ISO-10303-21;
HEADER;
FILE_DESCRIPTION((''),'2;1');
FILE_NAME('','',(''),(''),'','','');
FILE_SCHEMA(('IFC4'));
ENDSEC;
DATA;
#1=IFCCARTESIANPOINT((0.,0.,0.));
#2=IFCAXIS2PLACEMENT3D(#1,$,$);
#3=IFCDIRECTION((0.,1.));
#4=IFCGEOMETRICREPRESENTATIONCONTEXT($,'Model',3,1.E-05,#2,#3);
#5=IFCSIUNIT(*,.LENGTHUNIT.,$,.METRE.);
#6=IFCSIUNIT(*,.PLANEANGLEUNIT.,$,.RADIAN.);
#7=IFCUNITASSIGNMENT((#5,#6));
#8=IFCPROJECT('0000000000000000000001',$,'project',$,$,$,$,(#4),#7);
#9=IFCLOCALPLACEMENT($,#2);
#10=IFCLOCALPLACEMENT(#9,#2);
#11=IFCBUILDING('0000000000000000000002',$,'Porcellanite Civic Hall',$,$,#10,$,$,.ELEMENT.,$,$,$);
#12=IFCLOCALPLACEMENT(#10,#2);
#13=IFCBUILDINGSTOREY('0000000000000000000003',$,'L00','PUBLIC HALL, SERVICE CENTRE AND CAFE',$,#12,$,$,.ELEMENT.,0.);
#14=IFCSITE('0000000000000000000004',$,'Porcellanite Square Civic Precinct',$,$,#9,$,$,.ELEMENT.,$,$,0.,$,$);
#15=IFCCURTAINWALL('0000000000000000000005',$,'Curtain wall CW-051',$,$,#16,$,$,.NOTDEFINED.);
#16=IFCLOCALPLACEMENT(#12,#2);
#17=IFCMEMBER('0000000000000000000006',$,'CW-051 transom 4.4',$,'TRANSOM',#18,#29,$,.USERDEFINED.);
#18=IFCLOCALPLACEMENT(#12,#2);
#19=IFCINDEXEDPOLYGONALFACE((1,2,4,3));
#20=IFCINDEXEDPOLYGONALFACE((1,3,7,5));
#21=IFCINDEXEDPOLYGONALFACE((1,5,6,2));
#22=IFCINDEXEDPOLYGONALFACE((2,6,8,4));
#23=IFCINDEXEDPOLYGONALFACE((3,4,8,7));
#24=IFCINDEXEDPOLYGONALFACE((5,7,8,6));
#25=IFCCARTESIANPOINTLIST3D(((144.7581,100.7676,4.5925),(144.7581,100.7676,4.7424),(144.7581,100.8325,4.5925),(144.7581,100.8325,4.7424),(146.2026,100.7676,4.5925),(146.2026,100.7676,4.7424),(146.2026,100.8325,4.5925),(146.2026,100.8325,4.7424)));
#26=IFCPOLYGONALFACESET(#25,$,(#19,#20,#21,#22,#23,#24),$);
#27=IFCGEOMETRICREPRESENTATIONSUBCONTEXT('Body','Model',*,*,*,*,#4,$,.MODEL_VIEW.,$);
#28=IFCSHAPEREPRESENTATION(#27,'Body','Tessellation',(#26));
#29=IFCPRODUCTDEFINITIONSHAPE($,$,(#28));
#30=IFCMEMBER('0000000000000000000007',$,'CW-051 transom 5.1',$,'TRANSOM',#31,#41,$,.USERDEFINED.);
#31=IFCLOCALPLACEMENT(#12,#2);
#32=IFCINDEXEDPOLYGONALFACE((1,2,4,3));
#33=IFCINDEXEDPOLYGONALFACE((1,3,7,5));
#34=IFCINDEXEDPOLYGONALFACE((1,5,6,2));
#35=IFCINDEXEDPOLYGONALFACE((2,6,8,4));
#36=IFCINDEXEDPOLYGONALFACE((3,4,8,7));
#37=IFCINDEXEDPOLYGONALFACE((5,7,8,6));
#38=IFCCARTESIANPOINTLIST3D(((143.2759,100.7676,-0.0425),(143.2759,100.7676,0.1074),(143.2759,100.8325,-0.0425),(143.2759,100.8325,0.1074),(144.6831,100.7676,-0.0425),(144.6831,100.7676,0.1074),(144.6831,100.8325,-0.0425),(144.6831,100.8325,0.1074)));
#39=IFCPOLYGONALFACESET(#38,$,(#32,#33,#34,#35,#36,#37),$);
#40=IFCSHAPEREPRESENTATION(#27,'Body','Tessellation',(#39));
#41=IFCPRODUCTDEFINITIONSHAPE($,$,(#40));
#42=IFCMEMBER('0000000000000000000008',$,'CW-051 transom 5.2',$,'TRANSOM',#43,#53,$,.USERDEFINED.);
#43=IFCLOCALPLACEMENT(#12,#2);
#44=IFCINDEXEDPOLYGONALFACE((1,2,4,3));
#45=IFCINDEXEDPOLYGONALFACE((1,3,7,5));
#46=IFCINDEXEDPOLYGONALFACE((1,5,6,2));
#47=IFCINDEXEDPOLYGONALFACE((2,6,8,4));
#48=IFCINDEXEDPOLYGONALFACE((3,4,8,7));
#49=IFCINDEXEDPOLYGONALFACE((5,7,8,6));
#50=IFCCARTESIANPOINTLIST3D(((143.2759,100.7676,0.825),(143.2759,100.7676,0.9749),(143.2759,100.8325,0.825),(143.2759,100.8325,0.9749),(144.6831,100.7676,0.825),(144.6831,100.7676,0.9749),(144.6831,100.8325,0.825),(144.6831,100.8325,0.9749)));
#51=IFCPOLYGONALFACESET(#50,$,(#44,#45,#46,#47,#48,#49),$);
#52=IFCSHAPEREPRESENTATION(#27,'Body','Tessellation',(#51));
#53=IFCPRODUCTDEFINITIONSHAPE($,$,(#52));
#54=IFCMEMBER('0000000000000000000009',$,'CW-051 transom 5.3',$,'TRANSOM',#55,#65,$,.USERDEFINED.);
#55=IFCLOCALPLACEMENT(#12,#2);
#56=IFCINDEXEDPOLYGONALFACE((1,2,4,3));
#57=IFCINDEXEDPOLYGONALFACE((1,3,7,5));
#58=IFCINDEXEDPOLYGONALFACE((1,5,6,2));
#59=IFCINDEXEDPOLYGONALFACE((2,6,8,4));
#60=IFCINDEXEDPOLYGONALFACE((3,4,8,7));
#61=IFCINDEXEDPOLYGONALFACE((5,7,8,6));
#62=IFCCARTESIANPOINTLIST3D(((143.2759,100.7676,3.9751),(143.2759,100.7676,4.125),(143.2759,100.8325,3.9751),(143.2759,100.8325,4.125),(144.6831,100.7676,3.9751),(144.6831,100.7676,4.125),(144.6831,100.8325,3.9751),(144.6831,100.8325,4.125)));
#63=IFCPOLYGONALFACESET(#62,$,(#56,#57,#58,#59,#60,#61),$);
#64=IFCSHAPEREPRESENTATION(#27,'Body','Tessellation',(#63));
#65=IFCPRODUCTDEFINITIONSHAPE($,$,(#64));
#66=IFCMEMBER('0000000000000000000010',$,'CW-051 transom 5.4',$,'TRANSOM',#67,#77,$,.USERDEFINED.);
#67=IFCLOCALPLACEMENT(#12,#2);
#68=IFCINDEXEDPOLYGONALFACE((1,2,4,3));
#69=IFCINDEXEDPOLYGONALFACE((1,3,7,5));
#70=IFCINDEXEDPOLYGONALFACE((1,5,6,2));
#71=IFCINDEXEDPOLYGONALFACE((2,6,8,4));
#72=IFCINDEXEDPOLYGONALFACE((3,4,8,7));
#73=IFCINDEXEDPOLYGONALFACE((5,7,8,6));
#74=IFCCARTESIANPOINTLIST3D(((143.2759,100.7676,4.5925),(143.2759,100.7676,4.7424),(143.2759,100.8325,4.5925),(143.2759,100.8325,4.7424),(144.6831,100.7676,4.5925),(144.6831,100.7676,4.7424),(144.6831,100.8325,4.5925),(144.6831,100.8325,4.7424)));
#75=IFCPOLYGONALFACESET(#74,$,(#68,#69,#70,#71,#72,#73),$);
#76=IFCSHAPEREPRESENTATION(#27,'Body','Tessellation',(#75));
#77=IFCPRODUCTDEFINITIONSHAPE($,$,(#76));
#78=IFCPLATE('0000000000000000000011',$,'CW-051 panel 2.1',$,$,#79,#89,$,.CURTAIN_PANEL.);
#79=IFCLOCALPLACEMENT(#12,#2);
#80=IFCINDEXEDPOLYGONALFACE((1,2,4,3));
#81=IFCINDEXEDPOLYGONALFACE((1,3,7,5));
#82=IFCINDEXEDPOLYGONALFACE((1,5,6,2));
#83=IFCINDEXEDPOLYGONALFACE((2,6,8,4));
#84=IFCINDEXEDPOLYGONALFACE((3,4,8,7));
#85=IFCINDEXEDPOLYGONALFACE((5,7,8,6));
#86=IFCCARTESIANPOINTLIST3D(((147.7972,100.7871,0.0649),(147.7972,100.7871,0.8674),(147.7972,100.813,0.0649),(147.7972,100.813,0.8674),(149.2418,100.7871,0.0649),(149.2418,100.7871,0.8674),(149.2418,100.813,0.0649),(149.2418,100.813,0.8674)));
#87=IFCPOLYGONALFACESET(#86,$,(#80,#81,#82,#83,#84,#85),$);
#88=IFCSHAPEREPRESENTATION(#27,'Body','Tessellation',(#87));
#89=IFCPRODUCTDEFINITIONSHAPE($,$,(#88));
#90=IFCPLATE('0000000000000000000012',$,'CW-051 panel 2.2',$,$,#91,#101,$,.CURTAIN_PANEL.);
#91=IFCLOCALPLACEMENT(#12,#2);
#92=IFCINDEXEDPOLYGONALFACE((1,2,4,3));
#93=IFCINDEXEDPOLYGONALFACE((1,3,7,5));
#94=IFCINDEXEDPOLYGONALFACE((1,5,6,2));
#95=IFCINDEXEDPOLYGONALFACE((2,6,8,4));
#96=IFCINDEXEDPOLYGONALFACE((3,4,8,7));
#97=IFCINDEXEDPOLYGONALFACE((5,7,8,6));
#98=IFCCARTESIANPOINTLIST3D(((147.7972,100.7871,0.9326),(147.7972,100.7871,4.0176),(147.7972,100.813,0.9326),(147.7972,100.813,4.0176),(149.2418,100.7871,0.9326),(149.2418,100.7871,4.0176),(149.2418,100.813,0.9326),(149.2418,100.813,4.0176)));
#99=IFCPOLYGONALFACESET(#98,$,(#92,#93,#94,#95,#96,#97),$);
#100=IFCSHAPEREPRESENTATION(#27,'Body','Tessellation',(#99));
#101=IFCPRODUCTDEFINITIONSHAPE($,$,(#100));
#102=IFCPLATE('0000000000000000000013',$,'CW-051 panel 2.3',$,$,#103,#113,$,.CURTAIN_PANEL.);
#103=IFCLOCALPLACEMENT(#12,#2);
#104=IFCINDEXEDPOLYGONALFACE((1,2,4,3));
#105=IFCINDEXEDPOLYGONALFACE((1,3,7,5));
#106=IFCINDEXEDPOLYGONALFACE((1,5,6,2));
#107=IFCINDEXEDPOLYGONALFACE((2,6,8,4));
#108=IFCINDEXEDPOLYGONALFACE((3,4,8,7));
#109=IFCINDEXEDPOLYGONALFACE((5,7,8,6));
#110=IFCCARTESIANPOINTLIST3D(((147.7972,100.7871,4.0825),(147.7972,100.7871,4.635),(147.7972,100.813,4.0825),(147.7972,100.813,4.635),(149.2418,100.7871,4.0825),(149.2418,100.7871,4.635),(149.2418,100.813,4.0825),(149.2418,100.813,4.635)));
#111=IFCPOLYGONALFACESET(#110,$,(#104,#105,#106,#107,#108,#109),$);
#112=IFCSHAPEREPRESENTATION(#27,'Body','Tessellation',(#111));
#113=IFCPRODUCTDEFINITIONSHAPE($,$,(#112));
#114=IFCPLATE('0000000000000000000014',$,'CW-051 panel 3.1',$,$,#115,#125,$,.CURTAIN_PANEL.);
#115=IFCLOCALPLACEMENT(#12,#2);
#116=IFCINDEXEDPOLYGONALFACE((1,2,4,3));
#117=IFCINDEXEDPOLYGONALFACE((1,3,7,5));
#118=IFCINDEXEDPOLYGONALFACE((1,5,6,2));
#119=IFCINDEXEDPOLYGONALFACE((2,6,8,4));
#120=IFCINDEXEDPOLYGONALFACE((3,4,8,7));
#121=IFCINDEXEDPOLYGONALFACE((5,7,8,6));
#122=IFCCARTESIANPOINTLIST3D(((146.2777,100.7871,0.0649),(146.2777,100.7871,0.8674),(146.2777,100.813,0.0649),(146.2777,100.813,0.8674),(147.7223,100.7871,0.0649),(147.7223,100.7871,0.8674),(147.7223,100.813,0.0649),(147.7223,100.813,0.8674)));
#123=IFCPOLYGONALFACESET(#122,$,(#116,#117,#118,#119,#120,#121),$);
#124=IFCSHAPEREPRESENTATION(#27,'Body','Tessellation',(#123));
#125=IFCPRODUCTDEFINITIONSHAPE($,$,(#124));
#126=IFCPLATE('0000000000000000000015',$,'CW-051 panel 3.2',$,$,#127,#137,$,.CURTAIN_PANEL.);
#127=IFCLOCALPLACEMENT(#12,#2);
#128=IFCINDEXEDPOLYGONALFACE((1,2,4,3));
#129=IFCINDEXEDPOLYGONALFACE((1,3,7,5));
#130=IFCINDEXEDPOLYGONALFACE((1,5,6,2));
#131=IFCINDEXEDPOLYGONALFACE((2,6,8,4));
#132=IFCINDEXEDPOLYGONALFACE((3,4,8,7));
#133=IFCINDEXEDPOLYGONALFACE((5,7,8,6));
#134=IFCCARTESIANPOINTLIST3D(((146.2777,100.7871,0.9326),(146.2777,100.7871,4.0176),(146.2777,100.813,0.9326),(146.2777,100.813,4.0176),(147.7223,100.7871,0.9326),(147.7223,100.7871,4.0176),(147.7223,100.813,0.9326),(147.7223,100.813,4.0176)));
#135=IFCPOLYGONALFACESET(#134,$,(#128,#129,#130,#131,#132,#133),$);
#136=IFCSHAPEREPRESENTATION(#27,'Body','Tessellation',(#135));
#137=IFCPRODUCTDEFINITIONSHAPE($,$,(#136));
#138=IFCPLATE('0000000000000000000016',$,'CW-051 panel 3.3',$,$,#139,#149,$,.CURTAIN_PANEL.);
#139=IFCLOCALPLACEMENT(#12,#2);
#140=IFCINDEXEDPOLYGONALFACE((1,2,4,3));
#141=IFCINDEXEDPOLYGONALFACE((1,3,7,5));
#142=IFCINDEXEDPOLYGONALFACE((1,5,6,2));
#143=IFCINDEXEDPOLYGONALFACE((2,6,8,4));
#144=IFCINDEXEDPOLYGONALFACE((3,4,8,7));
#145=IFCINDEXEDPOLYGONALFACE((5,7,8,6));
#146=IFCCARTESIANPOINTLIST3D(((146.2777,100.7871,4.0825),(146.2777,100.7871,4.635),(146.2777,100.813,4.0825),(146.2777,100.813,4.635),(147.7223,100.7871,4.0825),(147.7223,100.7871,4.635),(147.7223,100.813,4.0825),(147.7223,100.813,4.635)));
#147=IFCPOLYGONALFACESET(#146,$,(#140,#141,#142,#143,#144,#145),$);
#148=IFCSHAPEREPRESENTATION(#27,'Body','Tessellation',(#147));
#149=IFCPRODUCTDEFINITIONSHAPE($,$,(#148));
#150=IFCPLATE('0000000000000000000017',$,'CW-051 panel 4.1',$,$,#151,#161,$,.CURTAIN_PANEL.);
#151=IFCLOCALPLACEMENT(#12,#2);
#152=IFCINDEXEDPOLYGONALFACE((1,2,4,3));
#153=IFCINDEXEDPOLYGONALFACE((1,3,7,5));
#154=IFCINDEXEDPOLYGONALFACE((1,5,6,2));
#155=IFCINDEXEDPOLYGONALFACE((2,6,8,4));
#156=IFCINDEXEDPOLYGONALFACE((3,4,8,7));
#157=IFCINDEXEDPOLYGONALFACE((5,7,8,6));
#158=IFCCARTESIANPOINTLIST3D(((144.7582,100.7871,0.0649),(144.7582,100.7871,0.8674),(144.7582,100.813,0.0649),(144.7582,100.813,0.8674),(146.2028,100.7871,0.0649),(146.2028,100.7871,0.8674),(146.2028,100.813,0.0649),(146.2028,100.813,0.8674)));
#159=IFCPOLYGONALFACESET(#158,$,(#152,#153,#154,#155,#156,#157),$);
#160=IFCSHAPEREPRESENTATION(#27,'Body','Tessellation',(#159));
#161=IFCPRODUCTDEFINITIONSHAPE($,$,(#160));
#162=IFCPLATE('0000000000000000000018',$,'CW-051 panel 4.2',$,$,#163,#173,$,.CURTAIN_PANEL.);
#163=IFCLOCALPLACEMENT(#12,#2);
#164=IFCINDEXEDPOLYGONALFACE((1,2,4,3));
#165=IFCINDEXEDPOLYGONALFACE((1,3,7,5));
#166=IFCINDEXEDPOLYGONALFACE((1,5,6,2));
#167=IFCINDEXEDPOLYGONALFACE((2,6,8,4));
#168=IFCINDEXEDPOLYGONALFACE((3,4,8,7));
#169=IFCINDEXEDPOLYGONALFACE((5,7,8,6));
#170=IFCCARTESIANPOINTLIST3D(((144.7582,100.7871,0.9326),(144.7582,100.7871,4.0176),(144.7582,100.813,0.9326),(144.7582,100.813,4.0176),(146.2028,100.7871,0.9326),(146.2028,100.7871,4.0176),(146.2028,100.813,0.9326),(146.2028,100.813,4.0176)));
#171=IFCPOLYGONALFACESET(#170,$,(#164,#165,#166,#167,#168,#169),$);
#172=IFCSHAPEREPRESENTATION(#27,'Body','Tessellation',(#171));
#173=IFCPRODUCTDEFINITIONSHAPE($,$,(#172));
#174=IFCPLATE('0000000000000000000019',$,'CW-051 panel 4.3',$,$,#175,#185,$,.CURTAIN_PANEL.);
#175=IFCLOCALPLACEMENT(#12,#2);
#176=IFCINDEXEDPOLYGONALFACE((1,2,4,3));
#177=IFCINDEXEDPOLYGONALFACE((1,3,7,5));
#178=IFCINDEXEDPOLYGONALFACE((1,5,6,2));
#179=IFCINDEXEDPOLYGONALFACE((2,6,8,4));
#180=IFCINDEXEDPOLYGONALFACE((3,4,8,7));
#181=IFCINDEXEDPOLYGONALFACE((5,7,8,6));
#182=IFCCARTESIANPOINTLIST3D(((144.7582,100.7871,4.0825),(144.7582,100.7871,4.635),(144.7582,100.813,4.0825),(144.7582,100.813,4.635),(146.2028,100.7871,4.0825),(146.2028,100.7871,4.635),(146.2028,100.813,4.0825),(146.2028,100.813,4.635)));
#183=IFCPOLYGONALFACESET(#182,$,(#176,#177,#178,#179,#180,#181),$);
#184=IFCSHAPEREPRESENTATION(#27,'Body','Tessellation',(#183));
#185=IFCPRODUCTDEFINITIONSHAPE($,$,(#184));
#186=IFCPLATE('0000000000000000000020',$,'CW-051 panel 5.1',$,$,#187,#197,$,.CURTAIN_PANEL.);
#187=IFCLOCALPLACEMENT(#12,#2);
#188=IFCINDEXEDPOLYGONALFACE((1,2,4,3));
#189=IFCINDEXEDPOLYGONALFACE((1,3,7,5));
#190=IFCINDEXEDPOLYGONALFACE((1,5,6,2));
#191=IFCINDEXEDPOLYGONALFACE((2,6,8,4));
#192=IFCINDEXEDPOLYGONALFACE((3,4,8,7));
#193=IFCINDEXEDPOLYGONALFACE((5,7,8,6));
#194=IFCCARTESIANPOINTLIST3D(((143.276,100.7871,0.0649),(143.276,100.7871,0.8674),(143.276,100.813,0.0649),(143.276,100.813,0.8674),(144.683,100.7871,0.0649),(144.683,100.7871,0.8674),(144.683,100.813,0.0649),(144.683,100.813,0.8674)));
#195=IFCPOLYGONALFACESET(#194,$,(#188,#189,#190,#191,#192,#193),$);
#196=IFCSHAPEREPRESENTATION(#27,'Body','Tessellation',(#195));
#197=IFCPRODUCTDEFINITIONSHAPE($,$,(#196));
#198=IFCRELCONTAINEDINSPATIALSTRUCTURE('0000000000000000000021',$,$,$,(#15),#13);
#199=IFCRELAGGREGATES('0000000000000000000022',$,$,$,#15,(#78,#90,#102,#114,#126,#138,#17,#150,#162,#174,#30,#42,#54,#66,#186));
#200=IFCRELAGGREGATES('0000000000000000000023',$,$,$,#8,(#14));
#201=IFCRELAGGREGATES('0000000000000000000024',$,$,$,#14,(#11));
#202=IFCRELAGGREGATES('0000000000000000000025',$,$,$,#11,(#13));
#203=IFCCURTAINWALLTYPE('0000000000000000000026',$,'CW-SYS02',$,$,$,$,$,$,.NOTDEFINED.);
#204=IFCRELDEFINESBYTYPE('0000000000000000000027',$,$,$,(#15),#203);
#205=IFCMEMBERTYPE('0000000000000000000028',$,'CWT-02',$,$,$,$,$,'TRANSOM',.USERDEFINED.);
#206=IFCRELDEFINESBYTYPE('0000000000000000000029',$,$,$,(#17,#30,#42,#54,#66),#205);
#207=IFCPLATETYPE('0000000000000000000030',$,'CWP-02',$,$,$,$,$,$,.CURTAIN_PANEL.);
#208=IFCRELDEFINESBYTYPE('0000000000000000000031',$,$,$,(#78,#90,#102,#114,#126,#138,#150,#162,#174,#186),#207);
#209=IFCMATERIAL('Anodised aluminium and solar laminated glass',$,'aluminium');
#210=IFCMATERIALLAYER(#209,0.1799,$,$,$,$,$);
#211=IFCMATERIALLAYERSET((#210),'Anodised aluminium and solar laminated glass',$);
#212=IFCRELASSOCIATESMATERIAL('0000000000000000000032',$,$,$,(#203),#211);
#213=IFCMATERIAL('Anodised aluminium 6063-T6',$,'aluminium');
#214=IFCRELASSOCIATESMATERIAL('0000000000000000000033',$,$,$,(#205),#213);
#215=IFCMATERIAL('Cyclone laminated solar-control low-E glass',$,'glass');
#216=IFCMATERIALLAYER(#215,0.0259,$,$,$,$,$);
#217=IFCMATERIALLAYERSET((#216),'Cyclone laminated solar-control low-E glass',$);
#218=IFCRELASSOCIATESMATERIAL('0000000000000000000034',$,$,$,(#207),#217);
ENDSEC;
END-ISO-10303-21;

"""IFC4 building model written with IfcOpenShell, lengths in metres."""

from ifc_helpers import new_model, si_unit, direction, frame, origin, origin_2d, place, context, subcontext, project, spatial, rectangle, extrude, material, layer, layer_set, material_profile, profile_set, type_object, element, aggregate, save


model = new_model("IFC4")

# Units and contexts
model_context = context("Model", 3, precision=1e-05, world=origin(), true_north=direction((0.0, 1.0)))
body_context = subcontext(model_context, "Body", "Model", "MODEL_VIEW")
ifc_project = project(units=[si_unit("LENGTHUNIT", "METRE"), si_unit("PLANEANGLEUNIT", "RADIAN")], contexts=[model_context])

# Site, building, storey
site_placement = place(None, origin())
site = spatial("IfcSite", under=ifc_project, at=site_placement, Name="Porcellanite Square Civic Precinct", CompositionType="ELEMENT", RefElevation=0.0)
building_placement = place(site_placement, origin())
building = spatial("IfcBuilding", under=site, at=building_placement, Name="Porcellanite Civic Hall", CompositionType="ELEMENT")
storey_placement = place(building_placement, origin())
storey = spatial("IfcBuildingStorey", under=building, at=storey_placement, Name="L00", Description="PUBLIC HALL, SERVICE CENTRE AND CAFE", CompositionType="ELEMENT", Elevation=0.0)

# Curtain wall, members, plates
ifc_material_1 = material(Name="Anodised aluminium and solar laminated glass", Category="aluminium")
ifc_layer_1 = layer(ifc_material_1, 0.1799)
ifc_layer_set_1 = layer_set([ifc_layer_1], Name="Anodised aluminium and solar laminated glass")
curtain_wall_type = type_object("IfcCurtainWallType", Name="CW-SYS02", PredefinedType="NOTDEFINED", material=ifc_layer_set_1)
curtain_wall_placement = place(storey_placement, origin())
curtain_wall = element("IfcCurtainWall", 1, at=curtain_wall_placement, inside=storey, type_object=curtain_wall_type, Name="Curtain wall CW-051", PredefinedType="NOTDEFINED")
ifc_material_2 = material(Name="Anodised aluminium 6063-T6", Category="aluminium")
ifc_material_profile_1 = material_profile(ifc_material_2, rectangle(XDim=0.0649, YDim=0.1499, at=origin_2d()), Name="AL-65x150")
ifc_profile_set_1 = profile_set([ifc_material_profile_1], Name="Anodised aluminium 6063-T6")
member_type_1 = type_object("IfcMemberType", Name="CWT-02", ElementType="TRANSOM", PredefinedType="USERDEFINED", material=ifc_profile_set_1)
member_1_placement = place(storey_placement, frame((146.2026, 100.8, 4.6675), z_axis=(-1.0, 0.0, 0.0), x_axis=(0.0, -1.0, 0.0)))
member_1 = element("IfcMember", 2, at=member_1_placement, type_object=member_type_1, Name="CW-051 transom 4.4", ObjectType="TRANSOM", PredefinedType="USERDEFINED", context=body_context, shape_type="SweptSolid", body=[
    extrude(rectangle(XDim=0.0649, YDim=0.1499, at=origin_2d()), origin(), (0.0, 0.0, 1.0), 1.4446),
])
member_2_placement = place(storey_placement, frame((144.6831, 100.8, 0.0325), z_axis=(-1.0, 0.0, 0.0), x_axis=(0.0, -1.0, 0.0)))
member_2 = element("IfcMember", 3, at=member_2_placement, type_object=member_type_1, Name="CW-051 transom 5.1", ObjectType="TRANSOM", PredefinedType="USERDEFINED", context=body_context, shape_type="SweptSolid", body=[
    extrude(rectangle(XDim=0.0649, YDim=0.1499, at=origin_2d()), origin(), (0.0, 0.0, 1.0), 1.4072),
])
member_3_placement = place(storey_placement, frame((144.6831, 100.8, 0.8999), z_axis=(-1.0, 0.0, 0.0), x_axis=(0.0, -1.0, 0.0)))
member_3 = element("IfcMember", 4, at=member_3_placement, type_object=member_type_1, Name="CW-051 transom 5.2", ObjectType="TRANSOM", PredefinedType="USERDEFINED", context=body_context, shape_type="SweptSolid", body=[
    extrude(rectangle(XDim=0.0649, YDim=0.1499, at=origin_2d()), origin(), (0.0, 0.0, 1.0), 1.4072),
])
member_4_placement = place(storey_placement, frame((144.6831, 100.8, 4.05), z_axis=(-1.0, 0.0, 0.0), x_axis=(0.0, -1.0, 0.0)))
member_4 = element("IfcMember", 5, at=member_4_placement, type_object=member_type_1, Name="CW-051 transom 5.3", ObjectType="TRANSOM", PredefinedType="USERDEFINED", context=body_context, shape_type="SweptSolid", body=[
    extrude(rectangle(XDim=0.0649, YDim=0.1499, at=origin_2d()), origin(), (0.0, 0.0, 1.0), 1.4072),
])
member_5_placement = place(storey_placement, frame((144.6831, 100.8, 4.6675), z_axis=(-1.0, 0.0, 0.0), x_axis=(0.0, -1.0, 0.0)))
member_5 = element("IfcMember", 6, at=member_5_placement, type_object=member_type_1, Name="CW-051 transom 5.4", ObjectType="TRANSOM", PredefinedType="USERDEFINED", context=body_context, shape_type="SweptSolid", body=[
    extrude(rectangle(XDim=0.0649, YDim=0.1499, at=origin_2d()), origin(), (0.0, 0.0, 1.0), 1.4072),
])
ifc_material_3 = material(Name="Cyclone laminated solar-control low-E glass", Category="glass")
ifc_layer_2 = layer(ifc_material_3, 0.0259)
ifc_layer_set_2 = layer_set([ifc_layer_2], Name="Cyclone laminated solar-control low-E glass")
plate_type = type_object("IfcPlateType", Name="CWP-02", PredefinedType="CURTAIN_PANEL", material=ifc_layer_set_2)
plate_1_placement = place(storey_placement, frame((148.5195, 100.8, 0.0649), z_axis=(0.0, 0.0, 1.0), x_axis=(-1.0, 0.0, 0.0)))
plate_1 = element("IfcPlate", 7, at=plate_1_placement, type_object=plate_type, Name="CW-051 panel 2.1", PredefinedType="CURTAIN_PANEL", context=body_context, shape_type="SweptSolid", body=[
    extrude(rectangle(XDim=1.4446, YDim=0.0259, at=origin_2d()), origin(), (0.0, 0.0, 1.0), 0.8025),
])
plate_2_placement = place(storey_placement, frame((148.5195, 100.8, 0.9326), z_axis=(0.0, 0.0, 1.0), x_axis=(-1.0, 0.0, 0.0)))
plate_2 = element("IfcPlate", 8, at=plate_2_placement, type_object=plate_type, Name="CW-051 panel 2.2", PredefinedType="CURTAIN_PANEL", context=body_context, shape_type="SweptSolid", body=[
    extrude(rectangle(XDim=1.4446, YDim=0.0259, at=origin_2d()), origin(), (0.0, 0.0, 1.0), 3.085),
])
plate_3_placement = place(storey_placement, frame((148.5195, 100.8, 4.0825), z_axis=(0.0, 0.0, 1.0), x_axis=(-1.0, 0.0, 0.0)))
plate_3 = element("IfcPlate", 9, at=plate_3_placement, type_object=plate_type, Name="CW-051 panel 2.3", PredefinedType="CURTAIN_PANEL", context=body_context, shape_type="SweptSolid", body=[
    extrude(rectangle(XDim=1.4446, YDim=0.0259, at=origin_2d()), origin(), (0.0, 0.0, 1.0), 0.5525),
])
plate_4_placement = place(storey_placement, frame((147.0, 100.8, 0.0649), z_axis=(0.0, 0.0, 1.0), x_axis=(-1.0, 0.0, 0.0)))
plate_4 = element("IfcPlate", 10, at=plate_4_placement, type_object=plate_type, Name="CW-051 panel 3.1", PredefinedType="CURTAIN_PANEL", context=body_context, shape_type="SweptSolid", body=[
    extrude(rectangle(XDim=1.4446, YDim=0.0259, at=origin_2d()), origin(), (0.0, 0.0, 1.0), 0.8025),
])
plate_5_placement = place(storey_placement, frame((147.0, 100.8, 0.9326), z_axis=(0.0, 0.0, 1.0), x_axis=(-1.0, 0.0, 0.0)))
plate_5 = element("IfcPlate", 11, at=plate_5_placement, type_object=plate_type, Name="CW-051 panel 3.2", PredefinedType="CURTAIN_PANEL", context=body_context, shape_type="SweptSolid", body=[
    extrude(rectangle(XDim=1.4446, YDim=0.0259, at=origin_2d()), origin(), (0.0, 0.0, 1.0), 3.085),
])
plate_6_placement = place(storey_placement, frame((147.0, 100.8, 4.0825), z_axis=(0.0, 0.0, 1.0), x_axis=(-1.0, 0.0, 0.0)))
plate_6 = element("IfcPlate", 12, at=plate_6_placement, type_object=plate_type, Name="CW-051 panel 3.3", PredefinedType="CURTAIN_PANEL", context=body_context, shape_type="SweptSolid", body=[
    extrude(rectangle(XDim=1.4446, YDim=0.0259, at=origin_2d()), origin(), (0.0, 0.0, 1.0), 0.5525),
])
plate_7_placement = place(storey_placement, frame((145.4805, 100.8, 0.0649), z_axis=(0.0, 0.0, 1.0), x_axis=(-1.0, 0.0, 0.0)))
plate_7 = element("IfcPlate", 13, at=plate_7_placement, type_object=plate_type, Name="CW-051 panel 4.1", PredefinedType="CURTAIN_PANEL", context=body_context, shape_type="SweptSolid", body=[
    extrude(rectangle(XDim=1.4446, YDim=0.0259, at=origin_2d()), origin(), (0.0, 0.0, 1.0), 0.8025),
])
plate_8_placement = place(storey_placement, frame((145.4805, 100.8, 0.9326), z_axis=(0.0, 0.0, 1.0), x_axis=(-1.0, 0.0, 0.0)))
plate_8 = element("IfcPlate", 14, at=plate_8_placement, type_object=plate_type, Name="CW-051 panel 4.2", PredefinedType="CURTAIN_PANEL", context=body_context, shape_type="SweptSolid", body=[
    extrude(rectangle(XDim=1.4446, YDim=0.0259, at=origin_2d()), origin(), (0.0, 0.0, 1.0), 3.085),
])
plate_9_placement = place(storey_placement, frame((145.4805, 100.8, 4.0825), z_axis=(0.0, 0.0, 1.0), x_axis=(-1.0, 0.0, 0.0)))
plate_9 = element("IfcPlate", 15, at=plate_9_placement, type_object=plate_type, Name="CW-051 panel 4.3", PredefinedType="CURTAIN_PANEL", context=body_context, shape_type="SweptSolid", body=[
    extrude(rectangle(XDim=1.4446, YDim=0.0259, at=origin_2d()), origin(), (0.0, 0.0, 1.0), 0.5525),
])
plate_10_placement = place(storey_placement, frame((143.9795, 100.8, 0.0649), z_axis=(0.0, 0.0, 1.0), x_axis=(-1.0, 0.0, 0.0)))
plate_10 = element("IfcPlate", 16, at=plate_10_placement, type_object=plate_type, Name="CW-051 panel 5.1", PredefinedType="CURTAIN_PANEL", context=body_context, shape_type="SweptSolid", body=[
    extrude(rectangle(XDim=1.407, YDim=0.0259, at=origin_2d()), origin(), (0.0, 0.0, 1.0), 0.8025),
])
aggregate(curtain_wall, [plate_1, plate_2, plate_3, plate_4, plate_5, plate_6, member_1, plate_7, plate_8, plate_9, member_2, member_3, member_4, member_5, plate_10])

save(model, "model.ifc")
